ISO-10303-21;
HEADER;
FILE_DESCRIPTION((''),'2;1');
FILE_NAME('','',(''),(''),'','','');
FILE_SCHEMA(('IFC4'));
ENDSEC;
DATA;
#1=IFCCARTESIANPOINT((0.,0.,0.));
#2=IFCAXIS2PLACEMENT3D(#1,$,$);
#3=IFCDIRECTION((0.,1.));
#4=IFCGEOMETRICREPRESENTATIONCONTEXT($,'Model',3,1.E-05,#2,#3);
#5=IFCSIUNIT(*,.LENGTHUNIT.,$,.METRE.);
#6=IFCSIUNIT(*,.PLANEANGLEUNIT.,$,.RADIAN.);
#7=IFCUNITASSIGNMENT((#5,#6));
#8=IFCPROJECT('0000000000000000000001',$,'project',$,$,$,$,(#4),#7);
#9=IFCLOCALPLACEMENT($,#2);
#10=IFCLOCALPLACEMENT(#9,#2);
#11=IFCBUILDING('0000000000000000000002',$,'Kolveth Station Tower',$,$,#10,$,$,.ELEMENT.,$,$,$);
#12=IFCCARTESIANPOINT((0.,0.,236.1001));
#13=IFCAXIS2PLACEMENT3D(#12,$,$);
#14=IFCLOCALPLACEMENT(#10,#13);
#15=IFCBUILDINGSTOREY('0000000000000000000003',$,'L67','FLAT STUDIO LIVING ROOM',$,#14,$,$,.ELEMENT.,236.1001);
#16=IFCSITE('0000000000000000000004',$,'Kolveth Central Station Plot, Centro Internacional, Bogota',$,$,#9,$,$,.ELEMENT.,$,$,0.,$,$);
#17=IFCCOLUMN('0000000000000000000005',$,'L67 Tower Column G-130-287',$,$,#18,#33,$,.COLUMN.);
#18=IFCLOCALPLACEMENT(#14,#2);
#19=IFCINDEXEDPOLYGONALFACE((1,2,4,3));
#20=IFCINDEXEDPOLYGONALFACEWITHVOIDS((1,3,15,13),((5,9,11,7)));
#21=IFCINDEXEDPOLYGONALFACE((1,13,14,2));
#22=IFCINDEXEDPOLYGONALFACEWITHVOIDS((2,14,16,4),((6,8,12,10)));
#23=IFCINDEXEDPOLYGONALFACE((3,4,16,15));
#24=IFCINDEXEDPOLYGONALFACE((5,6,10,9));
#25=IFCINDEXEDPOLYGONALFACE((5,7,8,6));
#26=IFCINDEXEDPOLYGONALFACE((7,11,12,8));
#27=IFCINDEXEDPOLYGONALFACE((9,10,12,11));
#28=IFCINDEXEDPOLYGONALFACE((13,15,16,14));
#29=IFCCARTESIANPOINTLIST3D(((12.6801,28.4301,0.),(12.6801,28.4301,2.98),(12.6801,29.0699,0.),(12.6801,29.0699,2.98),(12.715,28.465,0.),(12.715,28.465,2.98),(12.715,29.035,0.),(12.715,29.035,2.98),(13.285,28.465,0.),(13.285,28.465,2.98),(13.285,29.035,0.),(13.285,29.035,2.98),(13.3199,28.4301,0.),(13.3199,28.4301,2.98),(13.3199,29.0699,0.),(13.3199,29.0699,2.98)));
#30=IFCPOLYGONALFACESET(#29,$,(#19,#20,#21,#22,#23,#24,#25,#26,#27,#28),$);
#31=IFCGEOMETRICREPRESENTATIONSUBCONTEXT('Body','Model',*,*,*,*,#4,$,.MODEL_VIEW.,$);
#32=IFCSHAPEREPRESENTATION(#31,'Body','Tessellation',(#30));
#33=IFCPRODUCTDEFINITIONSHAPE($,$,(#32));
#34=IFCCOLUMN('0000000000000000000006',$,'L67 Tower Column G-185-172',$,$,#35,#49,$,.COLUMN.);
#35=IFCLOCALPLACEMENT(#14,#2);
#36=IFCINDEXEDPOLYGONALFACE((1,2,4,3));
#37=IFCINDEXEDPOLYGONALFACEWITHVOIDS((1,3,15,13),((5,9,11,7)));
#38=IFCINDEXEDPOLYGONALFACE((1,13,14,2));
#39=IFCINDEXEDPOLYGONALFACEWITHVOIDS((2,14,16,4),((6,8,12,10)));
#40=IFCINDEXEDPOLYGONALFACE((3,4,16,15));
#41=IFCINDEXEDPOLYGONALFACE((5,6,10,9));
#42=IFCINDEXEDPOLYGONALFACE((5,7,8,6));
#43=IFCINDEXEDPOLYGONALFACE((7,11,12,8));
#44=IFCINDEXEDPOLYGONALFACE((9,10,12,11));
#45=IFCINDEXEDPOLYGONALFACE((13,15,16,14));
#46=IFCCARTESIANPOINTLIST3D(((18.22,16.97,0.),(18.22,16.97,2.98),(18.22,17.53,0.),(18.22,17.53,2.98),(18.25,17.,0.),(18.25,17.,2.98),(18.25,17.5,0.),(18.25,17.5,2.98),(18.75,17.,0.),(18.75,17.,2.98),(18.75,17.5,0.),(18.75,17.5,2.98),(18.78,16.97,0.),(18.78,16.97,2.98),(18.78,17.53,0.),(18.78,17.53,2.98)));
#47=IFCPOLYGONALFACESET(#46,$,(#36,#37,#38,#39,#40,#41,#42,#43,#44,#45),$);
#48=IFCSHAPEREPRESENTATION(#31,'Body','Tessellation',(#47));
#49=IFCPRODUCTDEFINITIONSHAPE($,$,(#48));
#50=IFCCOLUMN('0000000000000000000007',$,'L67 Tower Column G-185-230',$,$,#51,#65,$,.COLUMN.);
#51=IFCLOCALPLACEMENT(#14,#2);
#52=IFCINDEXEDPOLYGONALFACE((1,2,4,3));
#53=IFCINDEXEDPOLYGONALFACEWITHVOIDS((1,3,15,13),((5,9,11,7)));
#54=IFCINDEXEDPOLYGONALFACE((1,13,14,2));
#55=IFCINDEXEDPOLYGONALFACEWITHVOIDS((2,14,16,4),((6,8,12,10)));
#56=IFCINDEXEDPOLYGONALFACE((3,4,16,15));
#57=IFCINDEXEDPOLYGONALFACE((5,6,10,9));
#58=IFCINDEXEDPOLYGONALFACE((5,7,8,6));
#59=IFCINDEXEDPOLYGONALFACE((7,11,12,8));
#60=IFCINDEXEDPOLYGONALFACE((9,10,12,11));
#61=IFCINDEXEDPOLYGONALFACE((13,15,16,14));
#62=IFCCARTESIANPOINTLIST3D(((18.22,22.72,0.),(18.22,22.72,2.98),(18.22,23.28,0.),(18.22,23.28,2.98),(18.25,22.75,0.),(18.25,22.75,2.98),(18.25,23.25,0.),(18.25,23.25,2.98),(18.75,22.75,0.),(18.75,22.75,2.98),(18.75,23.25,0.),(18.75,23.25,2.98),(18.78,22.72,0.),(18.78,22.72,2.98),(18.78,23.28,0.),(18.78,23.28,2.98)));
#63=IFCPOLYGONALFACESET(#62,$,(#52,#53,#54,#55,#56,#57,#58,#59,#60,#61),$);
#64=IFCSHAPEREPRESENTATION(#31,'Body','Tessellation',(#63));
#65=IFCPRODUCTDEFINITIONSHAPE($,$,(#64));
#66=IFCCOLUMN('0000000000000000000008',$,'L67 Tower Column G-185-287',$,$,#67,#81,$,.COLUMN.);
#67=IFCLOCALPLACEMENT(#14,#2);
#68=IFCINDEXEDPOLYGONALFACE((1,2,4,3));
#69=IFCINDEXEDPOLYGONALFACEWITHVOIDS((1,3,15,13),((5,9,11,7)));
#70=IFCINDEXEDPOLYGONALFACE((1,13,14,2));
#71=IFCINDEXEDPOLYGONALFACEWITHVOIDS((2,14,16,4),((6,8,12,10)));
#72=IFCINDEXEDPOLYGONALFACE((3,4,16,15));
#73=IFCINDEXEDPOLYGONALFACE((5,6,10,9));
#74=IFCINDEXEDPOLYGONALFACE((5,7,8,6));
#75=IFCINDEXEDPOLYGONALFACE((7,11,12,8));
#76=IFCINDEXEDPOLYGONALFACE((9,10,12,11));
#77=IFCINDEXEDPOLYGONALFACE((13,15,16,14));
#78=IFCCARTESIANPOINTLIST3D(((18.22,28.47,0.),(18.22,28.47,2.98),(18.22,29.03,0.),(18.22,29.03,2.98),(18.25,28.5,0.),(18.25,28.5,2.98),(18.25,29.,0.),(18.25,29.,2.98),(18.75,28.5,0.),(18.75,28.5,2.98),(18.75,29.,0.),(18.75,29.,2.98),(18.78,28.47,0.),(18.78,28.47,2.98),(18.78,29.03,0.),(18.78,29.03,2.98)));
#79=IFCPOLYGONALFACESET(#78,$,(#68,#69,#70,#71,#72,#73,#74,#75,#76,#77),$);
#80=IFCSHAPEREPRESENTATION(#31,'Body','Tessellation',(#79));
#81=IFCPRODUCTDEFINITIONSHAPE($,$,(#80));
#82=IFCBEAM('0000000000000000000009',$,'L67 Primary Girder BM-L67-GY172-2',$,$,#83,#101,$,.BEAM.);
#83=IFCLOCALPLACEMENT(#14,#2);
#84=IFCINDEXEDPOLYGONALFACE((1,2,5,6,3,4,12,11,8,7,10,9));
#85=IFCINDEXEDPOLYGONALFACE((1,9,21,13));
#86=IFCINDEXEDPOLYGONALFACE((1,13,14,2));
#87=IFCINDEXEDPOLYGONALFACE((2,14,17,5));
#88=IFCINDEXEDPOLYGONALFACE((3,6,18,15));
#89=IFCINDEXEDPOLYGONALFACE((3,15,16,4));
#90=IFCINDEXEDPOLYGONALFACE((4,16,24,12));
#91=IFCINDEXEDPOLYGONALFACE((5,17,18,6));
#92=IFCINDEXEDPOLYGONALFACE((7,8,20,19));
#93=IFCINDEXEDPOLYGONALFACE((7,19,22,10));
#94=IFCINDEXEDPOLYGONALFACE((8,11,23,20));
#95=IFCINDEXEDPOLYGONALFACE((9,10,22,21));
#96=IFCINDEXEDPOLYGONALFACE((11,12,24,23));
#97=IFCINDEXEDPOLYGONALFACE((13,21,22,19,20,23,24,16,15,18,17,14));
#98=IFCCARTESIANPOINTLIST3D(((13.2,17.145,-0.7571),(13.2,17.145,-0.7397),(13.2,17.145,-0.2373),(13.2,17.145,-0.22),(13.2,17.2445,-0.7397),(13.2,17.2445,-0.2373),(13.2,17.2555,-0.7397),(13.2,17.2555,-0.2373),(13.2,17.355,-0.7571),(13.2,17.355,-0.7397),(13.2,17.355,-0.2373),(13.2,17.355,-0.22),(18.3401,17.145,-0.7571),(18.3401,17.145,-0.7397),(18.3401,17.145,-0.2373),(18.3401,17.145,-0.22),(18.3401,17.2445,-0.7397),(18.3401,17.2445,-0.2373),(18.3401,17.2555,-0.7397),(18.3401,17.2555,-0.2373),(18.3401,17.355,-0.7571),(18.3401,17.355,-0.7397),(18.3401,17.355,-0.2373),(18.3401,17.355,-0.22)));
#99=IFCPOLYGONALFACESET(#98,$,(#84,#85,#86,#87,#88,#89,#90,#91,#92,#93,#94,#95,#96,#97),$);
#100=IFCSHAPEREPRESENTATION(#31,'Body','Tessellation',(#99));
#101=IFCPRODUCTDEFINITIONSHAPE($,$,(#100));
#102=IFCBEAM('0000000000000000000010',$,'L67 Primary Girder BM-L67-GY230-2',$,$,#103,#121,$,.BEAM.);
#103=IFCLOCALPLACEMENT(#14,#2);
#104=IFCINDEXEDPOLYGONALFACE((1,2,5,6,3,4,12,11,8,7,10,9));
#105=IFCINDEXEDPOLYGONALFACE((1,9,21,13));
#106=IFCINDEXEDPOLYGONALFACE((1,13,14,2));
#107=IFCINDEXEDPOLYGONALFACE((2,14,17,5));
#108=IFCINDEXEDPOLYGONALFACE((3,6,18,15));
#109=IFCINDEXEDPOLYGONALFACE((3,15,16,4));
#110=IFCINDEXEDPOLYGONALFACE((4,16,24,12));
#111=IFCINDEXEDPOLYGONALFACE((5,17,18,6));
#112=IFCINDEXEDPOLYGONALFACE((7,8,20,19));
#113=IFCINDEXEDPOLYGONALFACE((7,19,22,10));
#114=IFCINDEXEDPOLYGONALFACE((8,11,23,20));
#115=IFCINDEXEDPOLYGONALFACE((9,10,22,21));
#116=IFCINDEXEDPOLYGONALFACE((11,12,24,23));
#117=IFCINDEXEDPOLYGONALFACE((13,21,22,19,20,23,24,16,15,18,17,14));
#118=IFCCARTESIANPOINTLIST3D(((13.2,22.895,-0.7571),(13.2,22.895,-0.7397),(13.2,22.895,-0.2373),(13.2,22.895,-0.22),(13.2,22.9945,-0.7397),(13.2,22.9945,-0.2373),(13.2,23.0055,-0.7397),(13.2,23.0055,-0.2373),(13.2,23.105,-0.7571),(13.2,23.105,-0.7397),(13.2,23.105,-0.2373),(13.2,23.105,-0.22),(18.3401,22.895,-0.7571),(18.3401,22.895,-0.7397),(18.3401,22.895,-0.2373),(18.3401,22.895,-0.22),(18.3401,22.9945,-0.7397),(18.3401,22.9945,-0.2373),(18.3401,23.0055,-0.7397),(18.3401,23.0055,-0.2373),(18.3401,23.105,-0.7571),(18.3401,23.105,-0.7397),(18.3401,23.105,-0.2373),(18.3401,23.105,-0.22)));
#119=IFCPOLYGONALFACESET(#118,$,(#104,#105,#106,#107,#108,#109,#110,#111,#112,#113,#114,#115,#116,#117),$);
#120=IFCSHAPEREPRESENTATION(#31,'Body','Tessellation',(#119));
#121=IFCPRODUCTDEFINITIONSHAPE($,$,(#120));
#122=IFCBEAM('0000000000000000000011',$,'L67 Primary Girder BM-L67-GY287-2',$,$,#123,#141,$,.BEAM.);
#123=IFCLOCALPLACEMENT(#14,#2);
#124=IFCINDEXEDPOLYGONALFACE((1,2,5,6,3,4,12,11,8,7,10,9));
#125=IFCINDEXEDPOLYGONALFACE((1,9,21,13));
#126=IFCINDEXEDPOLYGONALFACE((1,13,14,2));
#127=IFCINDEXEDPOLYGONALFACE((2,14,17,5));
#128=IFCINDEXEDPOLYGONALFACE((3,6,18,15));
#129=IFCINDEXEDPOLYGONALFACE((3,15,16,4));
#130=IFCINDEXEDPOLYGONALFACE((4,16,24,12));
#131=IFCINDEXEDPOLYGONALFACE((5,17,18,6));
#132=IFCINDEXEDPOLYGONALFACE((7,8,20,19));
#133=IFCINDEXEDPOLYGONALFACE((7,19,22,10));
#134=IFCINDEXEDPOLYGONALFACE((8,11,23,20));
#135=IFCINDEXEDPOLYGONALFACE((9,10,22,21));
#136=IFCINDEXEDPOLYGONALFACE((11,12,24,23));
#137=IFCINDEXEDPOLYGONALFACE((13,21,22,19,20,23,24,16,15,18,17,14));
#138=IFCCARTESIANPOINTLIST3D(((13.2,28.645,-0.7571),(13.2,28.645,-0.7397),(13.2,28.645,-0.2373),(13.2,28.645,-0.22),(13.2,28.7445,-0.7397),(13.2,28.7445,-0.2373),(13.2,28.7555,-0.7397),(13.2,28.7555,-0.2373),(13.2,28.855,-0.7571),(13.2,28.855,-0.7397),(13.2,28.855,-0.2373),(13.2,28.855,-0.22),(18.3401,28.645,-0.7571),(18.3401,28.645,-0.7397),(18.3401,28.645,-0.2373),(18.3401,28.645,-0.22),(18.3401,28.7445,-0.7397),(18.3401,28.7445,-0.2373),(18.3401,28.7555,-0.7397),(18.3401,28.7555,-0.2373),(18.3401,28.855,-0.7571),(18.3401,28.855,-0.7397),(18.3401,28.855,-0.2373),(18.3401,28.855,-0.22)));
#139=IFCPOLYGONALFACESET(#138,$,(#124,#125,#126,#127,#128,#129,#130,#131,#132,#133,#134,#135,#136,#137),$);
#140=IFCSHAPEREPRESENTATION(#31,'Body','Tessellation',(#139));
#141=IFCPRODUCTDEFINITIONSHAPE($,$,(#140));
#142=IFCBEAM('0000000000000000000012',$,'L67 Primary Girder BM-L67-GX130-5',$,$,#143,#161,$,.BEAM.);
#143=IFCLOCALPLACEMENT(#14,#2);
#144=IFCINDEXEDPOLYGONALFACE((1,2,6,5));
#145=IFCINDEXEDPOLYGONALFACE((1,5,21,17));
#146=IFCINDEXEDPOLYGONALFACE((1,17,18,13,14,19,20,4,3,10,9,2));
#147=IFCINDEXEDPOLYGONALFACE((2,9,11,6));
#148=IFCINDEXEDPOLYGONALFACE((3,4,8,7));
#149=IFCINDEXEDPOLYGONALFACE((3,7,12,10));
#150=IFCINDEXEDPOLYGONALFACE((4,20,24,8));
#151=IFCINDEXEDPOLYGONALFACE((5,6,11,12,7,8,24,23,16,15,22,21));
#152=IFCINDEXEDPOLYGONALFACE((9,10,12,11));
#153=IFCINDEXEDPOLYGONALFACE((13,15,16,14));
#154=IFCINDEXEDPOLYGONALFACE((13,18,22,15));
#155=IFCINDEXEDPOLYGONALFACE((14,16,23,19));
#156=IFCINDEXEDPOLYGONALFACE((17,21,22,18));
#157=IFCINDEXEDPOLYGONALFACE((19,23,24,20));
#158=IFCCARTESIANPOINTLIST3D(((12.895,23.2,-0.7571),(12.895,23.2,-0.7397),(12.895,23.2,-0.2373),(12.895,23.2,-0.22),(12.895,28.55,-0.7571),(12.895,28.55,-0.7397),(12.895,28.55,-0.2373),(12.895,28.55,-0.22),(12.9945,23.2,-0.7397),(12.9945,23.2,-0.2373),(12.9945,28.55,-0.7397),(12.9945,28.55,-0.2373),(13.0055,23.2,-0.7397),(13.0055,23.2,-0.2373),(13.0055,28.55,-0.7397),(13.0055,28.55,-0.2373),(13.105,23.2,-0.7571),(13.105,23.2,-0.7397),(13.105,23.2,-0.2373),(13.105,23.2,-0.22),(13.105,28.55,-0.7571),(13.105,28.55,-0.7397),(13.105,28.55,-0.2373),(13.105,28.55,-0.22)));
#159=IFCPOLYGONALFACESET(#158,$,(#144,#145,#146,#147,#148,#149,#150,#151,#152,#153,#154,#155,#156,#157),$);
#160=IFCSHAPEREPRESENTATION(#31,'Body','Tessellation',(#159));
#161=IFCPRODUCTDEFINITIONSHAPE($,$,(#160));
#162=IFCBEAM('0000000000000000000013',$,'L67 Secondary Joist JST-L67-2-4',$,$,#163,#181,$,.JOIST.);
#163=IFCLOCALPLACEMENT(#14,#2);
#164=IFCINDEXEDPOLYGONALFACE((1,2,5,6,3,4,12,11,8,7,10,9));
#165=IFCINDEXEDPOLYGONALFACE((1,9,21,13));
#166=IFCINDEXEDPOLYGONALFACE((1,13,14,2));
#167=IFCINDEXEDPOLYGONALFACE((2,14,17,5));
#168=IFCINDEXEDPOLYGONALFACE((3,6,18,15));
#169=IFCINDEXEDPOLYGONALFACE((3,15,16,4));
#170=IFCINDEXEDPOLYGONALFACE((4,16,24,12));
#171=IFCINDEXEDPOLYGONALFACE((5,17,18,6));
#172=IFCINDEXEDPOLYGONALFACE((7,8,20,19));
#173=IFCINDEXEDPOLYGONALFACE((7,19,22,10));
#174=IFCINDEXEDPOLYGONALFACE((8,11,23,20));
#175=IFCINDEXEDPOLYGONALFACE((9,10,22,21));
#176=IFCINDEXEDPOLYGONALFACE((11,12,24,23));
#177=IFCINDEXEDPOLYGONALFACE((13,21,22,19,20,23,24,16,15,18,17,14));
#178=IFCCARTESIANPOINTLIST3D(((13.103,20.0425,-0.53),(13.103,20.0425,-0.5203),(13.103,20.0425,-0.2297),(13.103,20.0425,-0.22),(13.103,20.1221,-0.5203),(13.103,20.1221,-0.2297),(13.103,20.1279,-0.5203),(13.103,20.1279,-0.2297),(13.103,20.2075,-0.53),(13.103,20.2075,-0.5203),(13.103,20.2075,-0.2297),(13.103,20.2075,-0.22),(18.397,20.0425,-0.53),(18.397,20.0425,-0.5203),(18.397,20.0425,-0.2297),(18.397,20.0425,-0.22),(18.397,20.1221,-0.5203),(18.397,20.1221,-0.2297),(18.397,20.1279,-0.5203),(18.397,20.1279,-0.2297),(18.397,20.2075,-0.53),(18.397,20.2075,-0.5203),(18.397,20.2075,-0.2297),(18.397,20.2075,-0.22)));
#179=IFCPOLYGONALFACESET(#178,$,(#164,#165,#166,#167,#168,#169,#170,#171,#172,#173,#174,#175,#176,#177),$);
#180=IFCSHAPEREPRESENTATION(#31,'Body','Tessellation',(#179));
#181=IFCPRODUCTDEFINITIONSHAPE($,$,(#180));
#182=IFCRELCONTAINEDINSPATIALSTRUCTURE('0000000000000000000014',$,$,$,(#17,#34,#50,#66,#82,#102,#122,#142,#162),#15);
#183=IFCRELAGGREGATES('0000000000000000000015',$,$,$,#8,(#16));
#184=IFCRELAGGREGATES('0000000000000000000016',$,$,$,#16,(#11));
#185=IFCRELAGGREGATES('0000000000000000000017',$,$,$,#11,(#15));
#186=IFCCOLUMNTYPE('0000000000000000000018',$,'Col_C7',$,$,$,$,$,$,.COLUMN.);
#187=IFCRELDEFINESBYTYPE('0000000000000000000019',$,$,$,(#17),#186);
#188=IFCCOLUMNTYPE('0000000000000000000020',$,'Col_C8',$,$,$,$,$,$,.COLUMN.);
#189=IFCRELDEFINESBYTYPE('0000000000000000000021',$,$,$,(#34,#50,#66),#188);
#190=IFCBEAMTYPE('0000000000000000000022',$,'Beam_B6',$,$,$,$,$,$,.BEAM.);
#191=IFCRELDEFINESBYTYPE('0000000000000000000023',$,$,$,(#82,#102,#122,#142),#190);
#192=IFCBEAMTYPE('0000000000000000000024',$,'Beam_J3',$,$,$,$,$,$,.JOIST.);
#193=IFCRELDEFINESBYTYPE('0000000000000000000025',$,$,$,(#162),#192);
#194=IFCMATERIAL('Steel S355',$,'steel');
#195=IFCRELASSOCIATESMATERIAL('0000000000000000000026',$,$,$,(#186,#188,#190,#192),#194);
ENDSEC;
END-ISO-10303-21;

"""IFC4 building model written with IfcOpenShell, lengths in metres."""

from ifc_helpers import new_model, si_unit, direction, frame, origin, origin_2d, place, context, subcontext, project, spatial, hollow_rectangle, i_section, extrude, source, transform, mapped, material, material_profile, profile_set, type_object, element, save


model = new_model("IFC4")

# Units and contexts
model_context = context("Model", 3, precision=1e-05, world=origin(), true_north=direction((0.0, 1.0)))
body_context = subcontext(model_context, "Body", "Model", "MODEL_VIEW")
ifc_project = project(units=[si_unit("LENGTHUNIT", "METRE"), si_unit("PLANEANGLEUNIT", "RADIAN")], contexts=[model_context])

# Site, building, storey
site_placement = place(None, origin())
site = spatial("IfcSite", under=ifc_project, at=site_placement, Name="Kolveth Central Station Plot, Centro Internacional, Bogota", CompositionType="ELEMENT", RefElevation=0.0)
building_placement = place(site_placement, origin())
building = spatial("IfcBuilding", under=site, at=building_placement, Name="Kolveth Station Tower", CompositionType="ELEMENT")
storey_placement = place(building_placement, frame((0.0, 0.0, 236.1001)))
storey = spatial("IfcBuildingStorey", under=building, at=storey_placement, Name="L67", Description="FLAT STUDIO LIVING ROOM", CompositionType="ELEMENT", Elevation=236.1001)

# Columns
ifc_material_1 = material(Name="Steel S355", Category="steel")
ifc_material_profile_1 = material_profile(ifc_material_1, hollow_rectangle(XDim=0.6399, YDim=0.6399, WallThickness=0.0349, at=origin_2d()), Name="BOX640x640x35")
ifc_profile_set_1 = profile_set([ifc_material_profile_1], Name="Steel S355")
column_type_1 = type_object("IfcColumnType", Name="Col_C7", PredefinedType="COLUMN", material=ifc_profile_set_1)
shared_shape_1 = source(origin(), body_context, "Body", "SweptSolid", [
    extrude(hollow_rectangle(XDim=0.6399, YDim=0.6399, WallThickness=0.0349, at=origin_2d()), origin(), (0.0, 0.0, 1.0), 2.98),
])
column_placement = place(storey_placement, frame((13.0, 28.75, 0.0), z_axis=(0.0, 0.0, 1.0), x_axis=(1.0, 0.0, 0.0)))
element("IfcColumn", 1, at=column_placement, inside=storey, type_object=column_type_1, Name="L67 Tower Column G-130-287", PredefinedType="COLUMN", context=body_context, shape_type="MappedRepresentation", body=[
    mapped(shared_shape_1, transform((0.0, 0.0, 0.0), x_axis=(1.0, 0.0, 0.0), y_axis=(0.0, 1.0, 0.0), z_axis=(0.0, 0.0, 1.0), scale=1.0)),
])
ifc_material_profile_2 = material_profile(ifc_material_1, hollow_rectangle(XDim=0.5601, YDim=0.5601, WallThickness=0.03, at=origin_2d()), Name="BOX560x560x30")
ifc_profile_set_2 = profile_set([ifc_material_profile_2], Name="Steel S355")
column_type_2 = type_object("IfcColumnType", Name="Col_C8", PredefinedType="COLUMN", material=ifc_profile_set_2)
shared_shape_2 = source(origin(), body_context, "Body", "SweptSolid", [
    extrude(hollow_rectangle(XDim=0.5601, YDim=0.5601, WallThickness=0.03, at=origin_2d()), origin(), (0.0, 0.0, 1.0), 2.98),
])
for number, where, z_axis, x_axis, name in (
    (2, (18.5, 17.25, 0.0), (0.0, 0.0, 1.0), (1.0, 0.0, 0.0), "L67 Tower Column G-185-172"),
    (3, (18.5, 23.0, 0.0), (0.0, 0.0, 1.0), (1.0, 0.0, 0.0), "L67 Tower Column G-185-230"),
    (4, (18.5, 28.75, 0.0), (0.0, 0.0, 1.0), (1.0, 0.0, 0.0), "L67 Tower Column G-185-287"),
):
    element("IfcColumn", number, at=place(storey_placement, frame(where, z_axis=z_axis, x_axis=x_axis)), inside=storey, type_object=column_type_2, Name=name, PredefinedType="COLUMN", context=body_context, shape_type="MappedRepresentation", body=[
        mapped(shared_shape_2, transform((0.0, 0.0, 0.0), x_axis=(1.0, 0.0, 0.0), y_axis=(0.0, 1.0, 0.0), z_axis=(0.0, 0.0, 1.0), scale=1.0)),
    ])

# Beams
ifc_material_profile_3 = material_profile(ifc_material_1, i_section(OverallWidth=0.21, OverallDepth=0.5371, WebThickness=0.011, FlangeThickness=0.0173, at=origin_2d()), Name="W530x101")
ifc_profile_set_3 = profile_set([ifc_material_profile_3], Name="Steel S355")
beam_type_1 = type_object("IfcBeamType", Name="Beam_B6", PredefinedType="BEAM", material=ifc_profile_set_3)
shared_shape_3 = source(origin(), body_context, "Body", "SweptSolid", [
    extrude(i_section(OverallWidth=0.21, OverallDepth=0.5371, WebThickness=0.011, FlangeThickness=0.0173, at=origin_2d()), origin(), (0.0, 0.0, 1.0), 5.1401),
])
for number, where, z_axis, x_axis, name in (
    (5, (13.2, 17.25, -0.4885), (1.0, 0.0, 0.0), (0.0, 1.0, 0.0), "L67 Primary Girder BM-L67-GY172-2"),
    (6, (13.2, 23.0, -0.4885), (1.0, 0.0, 0.0), (0.0, 1.0, 0.0), "L67 Primary Girder BM-L67-GY230-2"),
    (7, (13.2, 28.75, -0.4885), (1.0, 0.0, 0.0), (0.0, 1.0, 0.0), "L67 Primary Girder BM-L67-GY287-2"),
):
    element("IfcBeam", number, at=place(storey_placement, frame(where, z_axis=z_axis, x_axis=x_axis)), inside=storey, type_object=beam_type_1, Name=name, PredefinedType="BEAM", context=body_context, shape_type="MappedRepresentation", body=[
        mapped(shared_shape_3, transform((0.0, 0.0, 0.0), x_axis=(1.0, 0.0, 0.0), y_axis=(0.0, 1.0, 0.0), z_axis=(0.0, 0.0, 1.0), scale=1.0)),
    ])
shared_shape_4 = source(origin(), body_context, "Body", "SweptSolid", [
    extrude(i_section(OverallWidth=0.21, OverallDepth=0.5371, WebThickness=0.011, FlangeThickness=0.0173, at=origin_2d()), origin(), (0.0, 0.0, 1.0), 5.3501),
])
beam_placement = place(storey_placement, frame((13.0, 23.2, -0.4885), z_axis=(0.0, 1.0, 0.0), x_axis=(-1.0, 0.0, 0.0)))
element("IfcBeam", 8, at=beam_placement, inside=storey, type_object=beam_type_1, Name="L67 Primary Girder BM-L67-GX130-5", PredefinedType="BEAM", context=body_context, shape_type="MappedRepresentation", body=[
    mapped(shared_shape_4, transform((0.0, 0.0, 0.0), x_axis=(1.0, 0.0, 0.0), y_axis=(0.0, 1.0, 0.0), z_axis=(0.0, 0.0, 1.0), scale=1.0)),
])
ifc_material_profile_4 = material_profile(ifc_material_1, i_section(OverallWidth=0.165, OverallDepth=0.3101, WebThickness=0.0059, FlangeThickness=0.0098, at=origin_2d()), Name="W310x39")
ifc_profile_set_4 = profile_set([ifc_material_profile_4], Name="Steel S355")
beam_type_2 = type_object("IfcBeamType", Name="Beam_J3", PredefinedType="JOIST", material=ifc_profile_set_4)
shared_shape_5 = source(origin(), body_context, "Body", "SweptSolid", [
    extrude(i_section(OverallWidth=0.165, OverallDepth=0.3101, WebThickness=0.0059, FlangeThickness=0.0098, at=origin_2d()), origin(), (0.0, 0.0, 1.0), 5.2939),
])
for number, where, z_axis, x_axis, name in (
    (9, (13.103, 20.125, -0.375), (1.0, 0.0, 0.0), (0.0, 1.0, 0.0), "L67 Secondary Joist JST-L67-2-4"),
):
    element("IfcBeam", number, at=place(storey_placement, frame(where, z_axis=z_axis, x_axis=x_axis)), inside=storey, type_object=beam_type_2, Name=name, PredefinedType="JOIST", context=body_context, shape_type="MappedRepresentation", body=[
        mapped(shared_shape_5, transform((0.0, 0.0, 0.0), x_axis=(1.0, 0.0, 0.0), y_axis=(0.0, 1.0, 0.0), z_axis=(0.0, 0.0, 1.0), scale=1.0)),
    ])

save(model, "model.ifc")
